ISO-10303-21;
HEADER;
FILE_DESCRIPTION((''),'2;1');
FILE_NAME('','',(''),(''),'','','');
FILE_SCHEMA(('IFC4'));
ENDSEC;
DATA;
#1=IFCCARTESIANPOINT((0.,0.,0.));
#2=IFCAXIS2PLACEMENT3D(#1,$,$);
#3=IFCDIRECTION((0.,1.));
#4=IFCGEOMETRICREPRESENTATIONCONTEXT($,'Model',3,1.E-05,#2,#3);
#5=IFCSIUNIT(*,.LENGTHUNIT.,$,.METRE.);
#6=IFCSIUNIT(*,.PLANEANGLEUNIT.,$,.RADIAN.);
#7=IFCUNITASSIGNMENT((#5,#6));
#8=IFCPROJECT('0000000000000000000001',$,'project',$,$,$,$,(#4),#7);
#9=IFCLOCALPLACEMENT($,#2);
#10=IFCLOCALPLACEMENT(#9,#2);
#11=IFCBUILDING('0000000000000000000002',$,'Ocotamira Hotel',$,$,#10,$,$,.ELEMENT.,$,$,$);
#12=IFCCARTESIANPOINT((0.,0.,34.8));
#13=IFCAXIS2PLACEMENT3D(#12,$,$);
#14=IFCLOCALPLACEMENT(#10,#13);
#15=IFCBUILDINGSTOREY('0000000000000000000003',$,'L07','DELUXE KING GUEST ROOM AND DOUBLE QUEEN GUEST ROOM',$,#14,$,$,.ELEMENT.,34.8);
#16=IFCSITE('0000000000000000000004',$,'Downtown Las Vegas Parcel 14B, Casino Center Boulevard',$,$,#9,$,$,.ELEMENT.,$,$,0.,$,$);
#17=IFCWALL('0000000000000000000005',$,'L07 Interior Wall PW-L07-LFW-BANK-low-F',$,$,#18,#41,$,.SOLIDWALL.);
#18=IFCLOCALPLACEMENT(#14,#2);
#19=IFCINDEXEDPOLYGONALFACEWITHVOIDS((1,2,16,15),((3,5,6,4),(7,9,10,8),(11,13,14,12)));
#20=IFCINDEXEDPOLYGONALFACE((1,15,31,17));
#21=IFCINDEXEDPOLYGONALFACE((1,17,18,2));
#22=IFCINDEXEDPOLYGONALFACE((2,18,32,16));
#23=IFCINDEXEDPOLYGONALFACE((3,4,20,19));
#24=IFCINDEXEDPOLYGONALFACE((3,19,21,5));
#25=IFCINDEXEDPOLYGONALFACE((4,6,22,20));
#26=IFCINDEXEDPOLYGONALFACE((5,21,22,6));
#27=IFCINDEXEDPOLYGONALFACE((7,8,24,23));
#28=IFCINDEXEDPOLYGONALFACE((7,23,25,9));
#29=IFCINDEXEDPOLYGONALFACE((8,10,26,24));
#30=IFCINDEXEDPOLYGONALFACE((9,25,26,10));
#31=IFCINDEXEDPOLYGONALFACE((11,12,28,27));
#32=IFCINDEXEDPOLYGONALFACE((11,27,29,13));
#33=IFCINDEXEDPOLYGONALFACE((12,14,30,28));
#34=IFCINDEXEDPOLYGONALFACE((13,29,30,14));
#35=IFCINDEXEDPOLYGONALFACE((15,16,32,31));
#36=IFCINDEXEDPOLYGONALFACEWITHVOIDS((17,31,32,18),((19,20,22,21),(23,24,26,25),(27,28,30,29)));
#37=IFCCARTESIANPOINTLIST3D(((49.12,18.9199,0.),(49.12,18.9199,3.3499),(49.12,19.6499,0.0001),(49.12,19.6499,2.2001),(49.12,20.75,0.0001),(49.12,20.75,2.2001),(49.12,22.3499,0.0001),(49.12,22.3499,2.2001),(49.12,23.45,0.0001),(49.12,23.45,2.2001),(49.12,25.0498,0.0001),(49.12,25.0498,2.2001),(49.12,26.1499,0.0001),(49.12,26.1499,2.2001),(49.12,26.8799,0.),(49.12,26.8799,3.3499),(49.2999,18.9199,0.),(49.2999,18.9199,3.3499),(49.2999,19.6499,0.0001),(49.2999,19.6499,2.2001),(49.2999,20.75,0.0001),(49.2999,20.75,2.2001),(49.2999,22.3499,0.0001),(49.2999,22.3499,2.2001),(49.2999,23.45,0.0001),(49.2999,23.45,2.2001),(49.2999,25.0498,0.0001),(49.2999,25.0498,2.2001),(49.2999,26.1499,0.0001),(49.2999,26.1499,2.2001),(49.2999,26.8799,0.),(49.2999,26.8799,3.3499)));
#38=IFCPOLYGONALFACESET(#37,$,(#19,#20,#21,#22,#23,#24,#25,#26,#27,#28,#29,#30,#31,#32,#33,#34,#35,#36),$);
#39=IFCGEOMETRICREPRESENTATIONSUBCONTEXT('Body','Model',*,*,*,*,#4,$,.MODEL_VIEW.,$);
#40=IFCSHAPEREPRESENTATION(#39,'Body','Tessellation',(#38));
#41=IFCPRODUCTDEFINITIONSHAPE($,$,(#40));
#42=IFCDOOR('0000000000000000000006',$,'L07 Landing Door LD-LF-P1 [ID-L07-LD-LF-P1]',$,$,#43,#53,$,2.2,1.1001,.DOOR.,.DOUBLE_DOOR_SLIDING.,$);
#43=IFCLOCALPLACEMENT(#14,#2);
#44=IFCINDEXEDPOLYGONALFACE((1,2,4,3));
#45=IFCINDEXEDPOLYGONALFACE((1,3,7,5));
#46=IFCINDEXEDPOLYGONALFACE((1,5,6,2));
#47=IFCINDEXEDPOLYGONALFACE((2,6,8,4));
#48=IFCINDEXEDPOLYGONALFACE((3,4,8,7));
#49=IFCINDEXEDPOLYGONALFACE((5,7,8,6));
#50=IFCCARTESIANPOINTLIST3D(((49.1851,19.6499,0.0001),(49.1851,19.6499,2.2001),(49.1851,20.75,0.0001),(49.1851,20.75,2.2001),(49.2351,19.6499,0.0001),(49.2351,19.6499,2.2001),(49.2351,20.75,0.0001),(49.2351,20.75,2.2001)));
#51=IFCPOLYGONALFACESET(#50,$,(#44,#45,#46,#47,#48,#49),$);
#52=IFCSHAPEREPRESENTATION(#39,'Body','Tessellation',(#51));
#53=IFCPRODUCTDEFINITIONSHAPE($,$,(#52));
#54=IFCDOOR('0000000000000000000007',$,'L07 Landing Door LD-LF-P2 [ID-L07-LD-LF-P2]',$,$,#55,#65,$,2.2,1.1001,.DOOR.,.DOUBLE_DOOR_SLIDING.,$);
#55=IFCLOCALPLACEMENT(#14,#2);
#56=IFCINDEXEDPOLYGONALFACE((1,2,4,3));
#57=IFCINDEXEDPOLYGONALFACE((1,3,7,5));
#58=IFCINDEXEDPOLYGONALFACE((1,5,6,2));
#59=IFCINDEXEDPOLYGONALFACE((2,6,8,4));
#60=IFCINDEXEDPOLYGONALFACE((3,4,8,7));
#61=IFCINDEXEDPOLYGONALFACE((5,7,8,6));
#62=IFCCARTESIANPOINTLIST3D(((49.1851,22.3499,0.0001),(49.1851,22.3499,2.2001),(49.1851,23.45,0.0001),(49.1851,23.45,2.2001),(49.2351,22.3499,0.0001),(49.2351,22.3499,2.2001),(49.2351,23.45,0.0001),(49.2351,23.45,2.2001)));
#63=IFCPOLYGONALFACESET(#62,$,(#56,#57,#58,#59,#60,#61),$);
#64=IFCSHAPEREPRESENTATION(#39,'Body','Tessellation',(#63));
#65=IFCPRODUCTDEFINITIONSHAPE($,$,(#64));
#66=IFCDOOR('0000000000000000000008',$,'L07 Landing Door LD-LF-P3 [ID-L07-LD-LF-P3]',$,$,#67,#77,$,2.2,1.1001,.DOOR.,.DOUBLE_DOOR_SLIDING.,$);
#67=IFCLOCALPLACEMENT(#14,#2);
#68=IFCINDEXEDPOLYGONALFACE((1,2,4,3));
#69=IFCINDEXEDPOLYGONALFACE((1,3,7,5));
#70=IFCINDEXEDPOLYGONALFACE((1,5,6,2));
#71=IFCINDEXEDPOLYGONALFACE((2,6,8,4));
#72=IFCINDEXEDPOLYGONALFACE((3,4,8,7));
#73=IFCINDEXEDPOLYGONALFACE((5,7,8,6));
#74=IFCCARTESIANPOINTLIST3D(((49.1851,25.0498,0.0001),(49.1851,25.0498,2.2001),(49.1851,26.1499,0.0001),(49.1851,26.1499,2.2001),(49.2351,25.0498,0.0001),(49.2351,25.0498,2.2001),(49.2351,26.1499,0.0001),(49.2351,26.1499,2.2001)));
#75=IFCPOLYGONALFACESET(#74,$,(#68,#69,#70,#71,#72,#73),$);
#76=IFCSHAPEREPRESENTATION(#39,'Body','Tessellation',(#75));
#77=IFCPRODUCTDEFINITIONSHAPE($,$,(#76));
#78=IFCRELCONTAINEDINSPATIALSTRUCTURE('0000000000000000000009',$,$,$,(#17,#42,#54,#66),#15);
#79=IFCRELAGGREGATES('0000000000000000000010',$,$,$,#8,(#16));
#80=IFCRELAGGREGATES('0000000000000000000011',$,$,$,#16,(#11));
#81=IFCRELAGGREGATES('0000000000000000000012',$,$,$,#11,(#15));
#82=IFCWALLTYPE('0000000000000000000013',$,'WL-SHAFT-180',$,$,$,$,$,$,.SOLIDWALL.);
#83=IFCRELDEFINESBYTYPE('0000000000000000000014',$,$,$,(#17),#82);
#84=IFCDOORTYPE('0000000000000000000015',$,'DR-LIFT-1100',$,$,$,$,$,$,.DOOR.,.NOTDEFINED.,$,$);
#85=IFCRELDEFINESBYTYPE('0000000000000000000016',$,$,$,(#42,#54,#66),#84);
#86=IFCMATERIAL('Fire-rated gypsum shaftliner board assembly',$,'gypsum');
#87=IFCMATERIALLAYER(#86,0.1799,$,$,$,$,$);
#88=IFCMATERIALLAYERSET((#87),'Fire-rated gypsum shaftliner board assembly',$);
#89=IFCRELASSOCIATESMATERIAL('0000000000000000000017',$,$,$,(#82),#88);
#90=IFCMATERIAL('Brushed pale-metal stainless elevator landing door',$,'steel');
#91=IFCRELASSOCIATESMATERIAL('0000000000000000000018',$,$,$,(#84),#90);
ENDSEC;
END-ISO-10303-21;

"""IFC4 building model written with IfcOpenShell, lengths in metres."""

from ifc_helpers import new_model, si_unit, direction, frame, frame_2d, origin, place, context, subcontext, project, spatial, rectangle, extrude, source, transform, mapped, material, layer, layer_set, type_object, element, fill, save


model = new_model("IFC4")

# Units and contexts
model_context = context("Model", 3, precision=1e-05, world=origin(), true_north=direction((0.0, 1.0)))
body_context = subcontext(model_context, "Body", "Model", "MODEL_VIEW")
ifc_project = project(units=[si_unit("LENGTHUNIT", "METRE"), si_unit("PLANEANGLEUNIT", "RADIAN")], contexts=[model_context])

# Site, building, storey
site_placement = place(None, origin())
site = spatial("IfcSite", under=ifc_project, at=site_placement, Name="Downtown Las Vegas Parcel 14B, Casino Center Boulevard", CompositionType="ELEMENT", RefElevation=0.0)
building_placement = place(site_placement, origin())
building = spatial("IfcBuilding", under=site, at=building_placement, Name="Ocotamira Hotel", CompositionType="ELEMENT")
storey_placement = place(building_placement, frame((0.0, 0.0, 34.8)))
storey = spatial("IfcBuildingStorey", under=building, at=storey_placement, Name="L07", Description="DELUXE KING GUEST ROOM AND DOUBLE QUEEN GUEST ROOM", CompositionType="ELEMENT", Elevation=34.8)

# Wall, openings, doors
ifc_material_1 = material(Name="Fire-rated gypsum shaftliner board assembly", Category="gypsum")
ifc_layer_1 = layer(ifc_material_1, 0.1799)
ifc_layer_set_1 = layer_set([ifc_layer_1], Name="Fire-rated gypsum shaftliner board assembly")
wall_type_1 = type_object("IfcWallType", Name="WL-SHAFT-180", PredefinedType="SOLIDWALL", material=ifc_layer_set_1)
wall_1_placement = place(storey_placement, frame((49.21, 18.9199, 0.0), z_axis=(0.0, 0.0, 1.0), x_axis=(0.0, 1.0, 0.0)))
wall_1 = element("IfcWall", 1, at=wall_1_placement, inside=storey, type_object=wall_type_1, Name="L07 Interior Wall PW-L07-LFW-BANK-low-F", PredefinedType="SOLIDWALL", context=body_context, shape_type="SweptSolid", body=[
    extrude(rectangle(XDim=7.96, YDim=0.1799, at=frame_2d((3.98, 0.0))), origin(), (0.0, 0.0, 1.0), 3.3499),
])
opening_1_placement = place(wall_1_placement, frame((0.73, 0.0, 0.0)))
opening_1 = element("IfcOpeningElement", 2, at=opening_1_placement, cuts=wall_1, PredefinedType="OPENING", context=body_context, shape_type="SweptSolid", body=[
    extrude(rectangle(XDim=1.1001, YDim=2.2, at=frame_2d((0.55, 1.1001))), frame((0.0, 0.1001, 0.0), z_axis=(0.0, -1.0, 0.0), x_axis=(1.0, 0.0, 0.0)), (0.0, 0.0, 1.0), 0.2),
])
opening_2_placement = place(wall_1_placement, frame((3.4299, 0.0, 0.0)))
opening_2 = element("IfcOpeningElement", 3, at=opening_2_placement, cuts=wall_1, PredefinedType="OPENING", context=body_context, shape_type="SweptSolid", body=[
    extrude(rectangle(XDim=1.1001, YDim=2.2, at=frame_2d((0.55, 1.1001))), frame((0.0, 0.1001, 0.0), z_axis=(0.0, -1.0, 0.0), x_axis=(1.0, 0.0, 0.0)), (0.0, 0.0, 1.0), 0.2),
])
opening_3_placement = place(wall_1_placement, frame((6.1299, 0.0, 0.0)))
opening_3 = element("IfcOpeningElement", 4, at=opening_3_placement, cuts=wall_1, PredefinedType="OPENING", context=body_context, shape_type="SweptSolid", body=[
    extrude(rectangle(XDim=1.1001, YDim=2.2, at=frame_2d((0.55, 1.1001))), frame((0.0, 0.1001, 0.0), z_axis=(0.0, -1.0, 0.0), x_axis=(1.0, 0.0, 0.0)), (0.0, 0.0, 1.0), 0.2),
])
ifc_material_2 = material(Name="Brushed pale-metal stainless elevator landing door", Category="steel")
door_type = type_object("IfcDoorType", Name="DR-LIFT-1100", OperationType="NOTDEFINED", PredefinedType="DOOR", material=ifc_material_2)
shared_shape_1 = source(origin(), body_context, "Body", "SweptSolid", [
    extrude(rectangle(XDim=1.1001, YDim=2.2, at=frame_2d((0.55, 1.1001))), frame((0.0, 0.0249, 0.0), z_axis=(0.0, -1.0, 0.0), x_axis=(1.0, 0.0, 0.0)), (0.0, 0.0, 1.0), 0.05),
])
door_1_placement = place(opening_1_placement, origin())
door_1 = element("IfcDoor", 5, at=door_1_placement, inside=storey, type_object=door_type, Name="L07 Landing Door LD-LF-P1 [ID-L07-LD-LF-P1]", OperationType="DOUBLE_DOOR_SLIDING", OverallHeight=2.2, OverallWidth=1.1001, PredefinedType="DOOR", context=body_context, shape_type="MappedRepresentation", body=[
    mapped(shared_shape_1, transform((0.0, 0.0, 0.0), scale=1.0)),
])
fill(opening_1, door_1)
door_2_placement = place(opening_2_placement, origin())
door_2 = element("IfcDoor", 6, at=door_2_placement, inside=storey, type_object=door_type, Name="L07 Landing Door LD-LF-P2 [ID-L07-LD-LF-P2]", OperationType="DOUBLE_DOOR_SLIDING", OverallHeight=2.2, OverallWidth=1.1001, PredefinedType="DOOR", context=body_context, shape_type="MappedRepresentation", body=[
    mapped(shared_shape_1, transform((0.0, 0.0, 0.0), scale=1.0)),
])
fill(opening_2, door_2)
door_3_placement = place(opening_3_placement, origin())
door_3 = element("IfcDoor", 7, at=door_3_placement, inside=storey, type_object=door_type, Name="L07 Landing Door LD-LF-P3 [ID-L07-LD-LF-P3]", OperationType="DOUBLE_DOOR_SLIDING", OverallHeight=2.2, OverallWidth=1.1001, PredefinedType="DOOR", context=body_context, shape_type="MappedRepresentation", body=[
    mapped(shared_shape_1, transform((0.0, 0.0, 0.0), scale=1.0)),
])
fill(opening_3, door_3)

save(model, "model.ifc")
